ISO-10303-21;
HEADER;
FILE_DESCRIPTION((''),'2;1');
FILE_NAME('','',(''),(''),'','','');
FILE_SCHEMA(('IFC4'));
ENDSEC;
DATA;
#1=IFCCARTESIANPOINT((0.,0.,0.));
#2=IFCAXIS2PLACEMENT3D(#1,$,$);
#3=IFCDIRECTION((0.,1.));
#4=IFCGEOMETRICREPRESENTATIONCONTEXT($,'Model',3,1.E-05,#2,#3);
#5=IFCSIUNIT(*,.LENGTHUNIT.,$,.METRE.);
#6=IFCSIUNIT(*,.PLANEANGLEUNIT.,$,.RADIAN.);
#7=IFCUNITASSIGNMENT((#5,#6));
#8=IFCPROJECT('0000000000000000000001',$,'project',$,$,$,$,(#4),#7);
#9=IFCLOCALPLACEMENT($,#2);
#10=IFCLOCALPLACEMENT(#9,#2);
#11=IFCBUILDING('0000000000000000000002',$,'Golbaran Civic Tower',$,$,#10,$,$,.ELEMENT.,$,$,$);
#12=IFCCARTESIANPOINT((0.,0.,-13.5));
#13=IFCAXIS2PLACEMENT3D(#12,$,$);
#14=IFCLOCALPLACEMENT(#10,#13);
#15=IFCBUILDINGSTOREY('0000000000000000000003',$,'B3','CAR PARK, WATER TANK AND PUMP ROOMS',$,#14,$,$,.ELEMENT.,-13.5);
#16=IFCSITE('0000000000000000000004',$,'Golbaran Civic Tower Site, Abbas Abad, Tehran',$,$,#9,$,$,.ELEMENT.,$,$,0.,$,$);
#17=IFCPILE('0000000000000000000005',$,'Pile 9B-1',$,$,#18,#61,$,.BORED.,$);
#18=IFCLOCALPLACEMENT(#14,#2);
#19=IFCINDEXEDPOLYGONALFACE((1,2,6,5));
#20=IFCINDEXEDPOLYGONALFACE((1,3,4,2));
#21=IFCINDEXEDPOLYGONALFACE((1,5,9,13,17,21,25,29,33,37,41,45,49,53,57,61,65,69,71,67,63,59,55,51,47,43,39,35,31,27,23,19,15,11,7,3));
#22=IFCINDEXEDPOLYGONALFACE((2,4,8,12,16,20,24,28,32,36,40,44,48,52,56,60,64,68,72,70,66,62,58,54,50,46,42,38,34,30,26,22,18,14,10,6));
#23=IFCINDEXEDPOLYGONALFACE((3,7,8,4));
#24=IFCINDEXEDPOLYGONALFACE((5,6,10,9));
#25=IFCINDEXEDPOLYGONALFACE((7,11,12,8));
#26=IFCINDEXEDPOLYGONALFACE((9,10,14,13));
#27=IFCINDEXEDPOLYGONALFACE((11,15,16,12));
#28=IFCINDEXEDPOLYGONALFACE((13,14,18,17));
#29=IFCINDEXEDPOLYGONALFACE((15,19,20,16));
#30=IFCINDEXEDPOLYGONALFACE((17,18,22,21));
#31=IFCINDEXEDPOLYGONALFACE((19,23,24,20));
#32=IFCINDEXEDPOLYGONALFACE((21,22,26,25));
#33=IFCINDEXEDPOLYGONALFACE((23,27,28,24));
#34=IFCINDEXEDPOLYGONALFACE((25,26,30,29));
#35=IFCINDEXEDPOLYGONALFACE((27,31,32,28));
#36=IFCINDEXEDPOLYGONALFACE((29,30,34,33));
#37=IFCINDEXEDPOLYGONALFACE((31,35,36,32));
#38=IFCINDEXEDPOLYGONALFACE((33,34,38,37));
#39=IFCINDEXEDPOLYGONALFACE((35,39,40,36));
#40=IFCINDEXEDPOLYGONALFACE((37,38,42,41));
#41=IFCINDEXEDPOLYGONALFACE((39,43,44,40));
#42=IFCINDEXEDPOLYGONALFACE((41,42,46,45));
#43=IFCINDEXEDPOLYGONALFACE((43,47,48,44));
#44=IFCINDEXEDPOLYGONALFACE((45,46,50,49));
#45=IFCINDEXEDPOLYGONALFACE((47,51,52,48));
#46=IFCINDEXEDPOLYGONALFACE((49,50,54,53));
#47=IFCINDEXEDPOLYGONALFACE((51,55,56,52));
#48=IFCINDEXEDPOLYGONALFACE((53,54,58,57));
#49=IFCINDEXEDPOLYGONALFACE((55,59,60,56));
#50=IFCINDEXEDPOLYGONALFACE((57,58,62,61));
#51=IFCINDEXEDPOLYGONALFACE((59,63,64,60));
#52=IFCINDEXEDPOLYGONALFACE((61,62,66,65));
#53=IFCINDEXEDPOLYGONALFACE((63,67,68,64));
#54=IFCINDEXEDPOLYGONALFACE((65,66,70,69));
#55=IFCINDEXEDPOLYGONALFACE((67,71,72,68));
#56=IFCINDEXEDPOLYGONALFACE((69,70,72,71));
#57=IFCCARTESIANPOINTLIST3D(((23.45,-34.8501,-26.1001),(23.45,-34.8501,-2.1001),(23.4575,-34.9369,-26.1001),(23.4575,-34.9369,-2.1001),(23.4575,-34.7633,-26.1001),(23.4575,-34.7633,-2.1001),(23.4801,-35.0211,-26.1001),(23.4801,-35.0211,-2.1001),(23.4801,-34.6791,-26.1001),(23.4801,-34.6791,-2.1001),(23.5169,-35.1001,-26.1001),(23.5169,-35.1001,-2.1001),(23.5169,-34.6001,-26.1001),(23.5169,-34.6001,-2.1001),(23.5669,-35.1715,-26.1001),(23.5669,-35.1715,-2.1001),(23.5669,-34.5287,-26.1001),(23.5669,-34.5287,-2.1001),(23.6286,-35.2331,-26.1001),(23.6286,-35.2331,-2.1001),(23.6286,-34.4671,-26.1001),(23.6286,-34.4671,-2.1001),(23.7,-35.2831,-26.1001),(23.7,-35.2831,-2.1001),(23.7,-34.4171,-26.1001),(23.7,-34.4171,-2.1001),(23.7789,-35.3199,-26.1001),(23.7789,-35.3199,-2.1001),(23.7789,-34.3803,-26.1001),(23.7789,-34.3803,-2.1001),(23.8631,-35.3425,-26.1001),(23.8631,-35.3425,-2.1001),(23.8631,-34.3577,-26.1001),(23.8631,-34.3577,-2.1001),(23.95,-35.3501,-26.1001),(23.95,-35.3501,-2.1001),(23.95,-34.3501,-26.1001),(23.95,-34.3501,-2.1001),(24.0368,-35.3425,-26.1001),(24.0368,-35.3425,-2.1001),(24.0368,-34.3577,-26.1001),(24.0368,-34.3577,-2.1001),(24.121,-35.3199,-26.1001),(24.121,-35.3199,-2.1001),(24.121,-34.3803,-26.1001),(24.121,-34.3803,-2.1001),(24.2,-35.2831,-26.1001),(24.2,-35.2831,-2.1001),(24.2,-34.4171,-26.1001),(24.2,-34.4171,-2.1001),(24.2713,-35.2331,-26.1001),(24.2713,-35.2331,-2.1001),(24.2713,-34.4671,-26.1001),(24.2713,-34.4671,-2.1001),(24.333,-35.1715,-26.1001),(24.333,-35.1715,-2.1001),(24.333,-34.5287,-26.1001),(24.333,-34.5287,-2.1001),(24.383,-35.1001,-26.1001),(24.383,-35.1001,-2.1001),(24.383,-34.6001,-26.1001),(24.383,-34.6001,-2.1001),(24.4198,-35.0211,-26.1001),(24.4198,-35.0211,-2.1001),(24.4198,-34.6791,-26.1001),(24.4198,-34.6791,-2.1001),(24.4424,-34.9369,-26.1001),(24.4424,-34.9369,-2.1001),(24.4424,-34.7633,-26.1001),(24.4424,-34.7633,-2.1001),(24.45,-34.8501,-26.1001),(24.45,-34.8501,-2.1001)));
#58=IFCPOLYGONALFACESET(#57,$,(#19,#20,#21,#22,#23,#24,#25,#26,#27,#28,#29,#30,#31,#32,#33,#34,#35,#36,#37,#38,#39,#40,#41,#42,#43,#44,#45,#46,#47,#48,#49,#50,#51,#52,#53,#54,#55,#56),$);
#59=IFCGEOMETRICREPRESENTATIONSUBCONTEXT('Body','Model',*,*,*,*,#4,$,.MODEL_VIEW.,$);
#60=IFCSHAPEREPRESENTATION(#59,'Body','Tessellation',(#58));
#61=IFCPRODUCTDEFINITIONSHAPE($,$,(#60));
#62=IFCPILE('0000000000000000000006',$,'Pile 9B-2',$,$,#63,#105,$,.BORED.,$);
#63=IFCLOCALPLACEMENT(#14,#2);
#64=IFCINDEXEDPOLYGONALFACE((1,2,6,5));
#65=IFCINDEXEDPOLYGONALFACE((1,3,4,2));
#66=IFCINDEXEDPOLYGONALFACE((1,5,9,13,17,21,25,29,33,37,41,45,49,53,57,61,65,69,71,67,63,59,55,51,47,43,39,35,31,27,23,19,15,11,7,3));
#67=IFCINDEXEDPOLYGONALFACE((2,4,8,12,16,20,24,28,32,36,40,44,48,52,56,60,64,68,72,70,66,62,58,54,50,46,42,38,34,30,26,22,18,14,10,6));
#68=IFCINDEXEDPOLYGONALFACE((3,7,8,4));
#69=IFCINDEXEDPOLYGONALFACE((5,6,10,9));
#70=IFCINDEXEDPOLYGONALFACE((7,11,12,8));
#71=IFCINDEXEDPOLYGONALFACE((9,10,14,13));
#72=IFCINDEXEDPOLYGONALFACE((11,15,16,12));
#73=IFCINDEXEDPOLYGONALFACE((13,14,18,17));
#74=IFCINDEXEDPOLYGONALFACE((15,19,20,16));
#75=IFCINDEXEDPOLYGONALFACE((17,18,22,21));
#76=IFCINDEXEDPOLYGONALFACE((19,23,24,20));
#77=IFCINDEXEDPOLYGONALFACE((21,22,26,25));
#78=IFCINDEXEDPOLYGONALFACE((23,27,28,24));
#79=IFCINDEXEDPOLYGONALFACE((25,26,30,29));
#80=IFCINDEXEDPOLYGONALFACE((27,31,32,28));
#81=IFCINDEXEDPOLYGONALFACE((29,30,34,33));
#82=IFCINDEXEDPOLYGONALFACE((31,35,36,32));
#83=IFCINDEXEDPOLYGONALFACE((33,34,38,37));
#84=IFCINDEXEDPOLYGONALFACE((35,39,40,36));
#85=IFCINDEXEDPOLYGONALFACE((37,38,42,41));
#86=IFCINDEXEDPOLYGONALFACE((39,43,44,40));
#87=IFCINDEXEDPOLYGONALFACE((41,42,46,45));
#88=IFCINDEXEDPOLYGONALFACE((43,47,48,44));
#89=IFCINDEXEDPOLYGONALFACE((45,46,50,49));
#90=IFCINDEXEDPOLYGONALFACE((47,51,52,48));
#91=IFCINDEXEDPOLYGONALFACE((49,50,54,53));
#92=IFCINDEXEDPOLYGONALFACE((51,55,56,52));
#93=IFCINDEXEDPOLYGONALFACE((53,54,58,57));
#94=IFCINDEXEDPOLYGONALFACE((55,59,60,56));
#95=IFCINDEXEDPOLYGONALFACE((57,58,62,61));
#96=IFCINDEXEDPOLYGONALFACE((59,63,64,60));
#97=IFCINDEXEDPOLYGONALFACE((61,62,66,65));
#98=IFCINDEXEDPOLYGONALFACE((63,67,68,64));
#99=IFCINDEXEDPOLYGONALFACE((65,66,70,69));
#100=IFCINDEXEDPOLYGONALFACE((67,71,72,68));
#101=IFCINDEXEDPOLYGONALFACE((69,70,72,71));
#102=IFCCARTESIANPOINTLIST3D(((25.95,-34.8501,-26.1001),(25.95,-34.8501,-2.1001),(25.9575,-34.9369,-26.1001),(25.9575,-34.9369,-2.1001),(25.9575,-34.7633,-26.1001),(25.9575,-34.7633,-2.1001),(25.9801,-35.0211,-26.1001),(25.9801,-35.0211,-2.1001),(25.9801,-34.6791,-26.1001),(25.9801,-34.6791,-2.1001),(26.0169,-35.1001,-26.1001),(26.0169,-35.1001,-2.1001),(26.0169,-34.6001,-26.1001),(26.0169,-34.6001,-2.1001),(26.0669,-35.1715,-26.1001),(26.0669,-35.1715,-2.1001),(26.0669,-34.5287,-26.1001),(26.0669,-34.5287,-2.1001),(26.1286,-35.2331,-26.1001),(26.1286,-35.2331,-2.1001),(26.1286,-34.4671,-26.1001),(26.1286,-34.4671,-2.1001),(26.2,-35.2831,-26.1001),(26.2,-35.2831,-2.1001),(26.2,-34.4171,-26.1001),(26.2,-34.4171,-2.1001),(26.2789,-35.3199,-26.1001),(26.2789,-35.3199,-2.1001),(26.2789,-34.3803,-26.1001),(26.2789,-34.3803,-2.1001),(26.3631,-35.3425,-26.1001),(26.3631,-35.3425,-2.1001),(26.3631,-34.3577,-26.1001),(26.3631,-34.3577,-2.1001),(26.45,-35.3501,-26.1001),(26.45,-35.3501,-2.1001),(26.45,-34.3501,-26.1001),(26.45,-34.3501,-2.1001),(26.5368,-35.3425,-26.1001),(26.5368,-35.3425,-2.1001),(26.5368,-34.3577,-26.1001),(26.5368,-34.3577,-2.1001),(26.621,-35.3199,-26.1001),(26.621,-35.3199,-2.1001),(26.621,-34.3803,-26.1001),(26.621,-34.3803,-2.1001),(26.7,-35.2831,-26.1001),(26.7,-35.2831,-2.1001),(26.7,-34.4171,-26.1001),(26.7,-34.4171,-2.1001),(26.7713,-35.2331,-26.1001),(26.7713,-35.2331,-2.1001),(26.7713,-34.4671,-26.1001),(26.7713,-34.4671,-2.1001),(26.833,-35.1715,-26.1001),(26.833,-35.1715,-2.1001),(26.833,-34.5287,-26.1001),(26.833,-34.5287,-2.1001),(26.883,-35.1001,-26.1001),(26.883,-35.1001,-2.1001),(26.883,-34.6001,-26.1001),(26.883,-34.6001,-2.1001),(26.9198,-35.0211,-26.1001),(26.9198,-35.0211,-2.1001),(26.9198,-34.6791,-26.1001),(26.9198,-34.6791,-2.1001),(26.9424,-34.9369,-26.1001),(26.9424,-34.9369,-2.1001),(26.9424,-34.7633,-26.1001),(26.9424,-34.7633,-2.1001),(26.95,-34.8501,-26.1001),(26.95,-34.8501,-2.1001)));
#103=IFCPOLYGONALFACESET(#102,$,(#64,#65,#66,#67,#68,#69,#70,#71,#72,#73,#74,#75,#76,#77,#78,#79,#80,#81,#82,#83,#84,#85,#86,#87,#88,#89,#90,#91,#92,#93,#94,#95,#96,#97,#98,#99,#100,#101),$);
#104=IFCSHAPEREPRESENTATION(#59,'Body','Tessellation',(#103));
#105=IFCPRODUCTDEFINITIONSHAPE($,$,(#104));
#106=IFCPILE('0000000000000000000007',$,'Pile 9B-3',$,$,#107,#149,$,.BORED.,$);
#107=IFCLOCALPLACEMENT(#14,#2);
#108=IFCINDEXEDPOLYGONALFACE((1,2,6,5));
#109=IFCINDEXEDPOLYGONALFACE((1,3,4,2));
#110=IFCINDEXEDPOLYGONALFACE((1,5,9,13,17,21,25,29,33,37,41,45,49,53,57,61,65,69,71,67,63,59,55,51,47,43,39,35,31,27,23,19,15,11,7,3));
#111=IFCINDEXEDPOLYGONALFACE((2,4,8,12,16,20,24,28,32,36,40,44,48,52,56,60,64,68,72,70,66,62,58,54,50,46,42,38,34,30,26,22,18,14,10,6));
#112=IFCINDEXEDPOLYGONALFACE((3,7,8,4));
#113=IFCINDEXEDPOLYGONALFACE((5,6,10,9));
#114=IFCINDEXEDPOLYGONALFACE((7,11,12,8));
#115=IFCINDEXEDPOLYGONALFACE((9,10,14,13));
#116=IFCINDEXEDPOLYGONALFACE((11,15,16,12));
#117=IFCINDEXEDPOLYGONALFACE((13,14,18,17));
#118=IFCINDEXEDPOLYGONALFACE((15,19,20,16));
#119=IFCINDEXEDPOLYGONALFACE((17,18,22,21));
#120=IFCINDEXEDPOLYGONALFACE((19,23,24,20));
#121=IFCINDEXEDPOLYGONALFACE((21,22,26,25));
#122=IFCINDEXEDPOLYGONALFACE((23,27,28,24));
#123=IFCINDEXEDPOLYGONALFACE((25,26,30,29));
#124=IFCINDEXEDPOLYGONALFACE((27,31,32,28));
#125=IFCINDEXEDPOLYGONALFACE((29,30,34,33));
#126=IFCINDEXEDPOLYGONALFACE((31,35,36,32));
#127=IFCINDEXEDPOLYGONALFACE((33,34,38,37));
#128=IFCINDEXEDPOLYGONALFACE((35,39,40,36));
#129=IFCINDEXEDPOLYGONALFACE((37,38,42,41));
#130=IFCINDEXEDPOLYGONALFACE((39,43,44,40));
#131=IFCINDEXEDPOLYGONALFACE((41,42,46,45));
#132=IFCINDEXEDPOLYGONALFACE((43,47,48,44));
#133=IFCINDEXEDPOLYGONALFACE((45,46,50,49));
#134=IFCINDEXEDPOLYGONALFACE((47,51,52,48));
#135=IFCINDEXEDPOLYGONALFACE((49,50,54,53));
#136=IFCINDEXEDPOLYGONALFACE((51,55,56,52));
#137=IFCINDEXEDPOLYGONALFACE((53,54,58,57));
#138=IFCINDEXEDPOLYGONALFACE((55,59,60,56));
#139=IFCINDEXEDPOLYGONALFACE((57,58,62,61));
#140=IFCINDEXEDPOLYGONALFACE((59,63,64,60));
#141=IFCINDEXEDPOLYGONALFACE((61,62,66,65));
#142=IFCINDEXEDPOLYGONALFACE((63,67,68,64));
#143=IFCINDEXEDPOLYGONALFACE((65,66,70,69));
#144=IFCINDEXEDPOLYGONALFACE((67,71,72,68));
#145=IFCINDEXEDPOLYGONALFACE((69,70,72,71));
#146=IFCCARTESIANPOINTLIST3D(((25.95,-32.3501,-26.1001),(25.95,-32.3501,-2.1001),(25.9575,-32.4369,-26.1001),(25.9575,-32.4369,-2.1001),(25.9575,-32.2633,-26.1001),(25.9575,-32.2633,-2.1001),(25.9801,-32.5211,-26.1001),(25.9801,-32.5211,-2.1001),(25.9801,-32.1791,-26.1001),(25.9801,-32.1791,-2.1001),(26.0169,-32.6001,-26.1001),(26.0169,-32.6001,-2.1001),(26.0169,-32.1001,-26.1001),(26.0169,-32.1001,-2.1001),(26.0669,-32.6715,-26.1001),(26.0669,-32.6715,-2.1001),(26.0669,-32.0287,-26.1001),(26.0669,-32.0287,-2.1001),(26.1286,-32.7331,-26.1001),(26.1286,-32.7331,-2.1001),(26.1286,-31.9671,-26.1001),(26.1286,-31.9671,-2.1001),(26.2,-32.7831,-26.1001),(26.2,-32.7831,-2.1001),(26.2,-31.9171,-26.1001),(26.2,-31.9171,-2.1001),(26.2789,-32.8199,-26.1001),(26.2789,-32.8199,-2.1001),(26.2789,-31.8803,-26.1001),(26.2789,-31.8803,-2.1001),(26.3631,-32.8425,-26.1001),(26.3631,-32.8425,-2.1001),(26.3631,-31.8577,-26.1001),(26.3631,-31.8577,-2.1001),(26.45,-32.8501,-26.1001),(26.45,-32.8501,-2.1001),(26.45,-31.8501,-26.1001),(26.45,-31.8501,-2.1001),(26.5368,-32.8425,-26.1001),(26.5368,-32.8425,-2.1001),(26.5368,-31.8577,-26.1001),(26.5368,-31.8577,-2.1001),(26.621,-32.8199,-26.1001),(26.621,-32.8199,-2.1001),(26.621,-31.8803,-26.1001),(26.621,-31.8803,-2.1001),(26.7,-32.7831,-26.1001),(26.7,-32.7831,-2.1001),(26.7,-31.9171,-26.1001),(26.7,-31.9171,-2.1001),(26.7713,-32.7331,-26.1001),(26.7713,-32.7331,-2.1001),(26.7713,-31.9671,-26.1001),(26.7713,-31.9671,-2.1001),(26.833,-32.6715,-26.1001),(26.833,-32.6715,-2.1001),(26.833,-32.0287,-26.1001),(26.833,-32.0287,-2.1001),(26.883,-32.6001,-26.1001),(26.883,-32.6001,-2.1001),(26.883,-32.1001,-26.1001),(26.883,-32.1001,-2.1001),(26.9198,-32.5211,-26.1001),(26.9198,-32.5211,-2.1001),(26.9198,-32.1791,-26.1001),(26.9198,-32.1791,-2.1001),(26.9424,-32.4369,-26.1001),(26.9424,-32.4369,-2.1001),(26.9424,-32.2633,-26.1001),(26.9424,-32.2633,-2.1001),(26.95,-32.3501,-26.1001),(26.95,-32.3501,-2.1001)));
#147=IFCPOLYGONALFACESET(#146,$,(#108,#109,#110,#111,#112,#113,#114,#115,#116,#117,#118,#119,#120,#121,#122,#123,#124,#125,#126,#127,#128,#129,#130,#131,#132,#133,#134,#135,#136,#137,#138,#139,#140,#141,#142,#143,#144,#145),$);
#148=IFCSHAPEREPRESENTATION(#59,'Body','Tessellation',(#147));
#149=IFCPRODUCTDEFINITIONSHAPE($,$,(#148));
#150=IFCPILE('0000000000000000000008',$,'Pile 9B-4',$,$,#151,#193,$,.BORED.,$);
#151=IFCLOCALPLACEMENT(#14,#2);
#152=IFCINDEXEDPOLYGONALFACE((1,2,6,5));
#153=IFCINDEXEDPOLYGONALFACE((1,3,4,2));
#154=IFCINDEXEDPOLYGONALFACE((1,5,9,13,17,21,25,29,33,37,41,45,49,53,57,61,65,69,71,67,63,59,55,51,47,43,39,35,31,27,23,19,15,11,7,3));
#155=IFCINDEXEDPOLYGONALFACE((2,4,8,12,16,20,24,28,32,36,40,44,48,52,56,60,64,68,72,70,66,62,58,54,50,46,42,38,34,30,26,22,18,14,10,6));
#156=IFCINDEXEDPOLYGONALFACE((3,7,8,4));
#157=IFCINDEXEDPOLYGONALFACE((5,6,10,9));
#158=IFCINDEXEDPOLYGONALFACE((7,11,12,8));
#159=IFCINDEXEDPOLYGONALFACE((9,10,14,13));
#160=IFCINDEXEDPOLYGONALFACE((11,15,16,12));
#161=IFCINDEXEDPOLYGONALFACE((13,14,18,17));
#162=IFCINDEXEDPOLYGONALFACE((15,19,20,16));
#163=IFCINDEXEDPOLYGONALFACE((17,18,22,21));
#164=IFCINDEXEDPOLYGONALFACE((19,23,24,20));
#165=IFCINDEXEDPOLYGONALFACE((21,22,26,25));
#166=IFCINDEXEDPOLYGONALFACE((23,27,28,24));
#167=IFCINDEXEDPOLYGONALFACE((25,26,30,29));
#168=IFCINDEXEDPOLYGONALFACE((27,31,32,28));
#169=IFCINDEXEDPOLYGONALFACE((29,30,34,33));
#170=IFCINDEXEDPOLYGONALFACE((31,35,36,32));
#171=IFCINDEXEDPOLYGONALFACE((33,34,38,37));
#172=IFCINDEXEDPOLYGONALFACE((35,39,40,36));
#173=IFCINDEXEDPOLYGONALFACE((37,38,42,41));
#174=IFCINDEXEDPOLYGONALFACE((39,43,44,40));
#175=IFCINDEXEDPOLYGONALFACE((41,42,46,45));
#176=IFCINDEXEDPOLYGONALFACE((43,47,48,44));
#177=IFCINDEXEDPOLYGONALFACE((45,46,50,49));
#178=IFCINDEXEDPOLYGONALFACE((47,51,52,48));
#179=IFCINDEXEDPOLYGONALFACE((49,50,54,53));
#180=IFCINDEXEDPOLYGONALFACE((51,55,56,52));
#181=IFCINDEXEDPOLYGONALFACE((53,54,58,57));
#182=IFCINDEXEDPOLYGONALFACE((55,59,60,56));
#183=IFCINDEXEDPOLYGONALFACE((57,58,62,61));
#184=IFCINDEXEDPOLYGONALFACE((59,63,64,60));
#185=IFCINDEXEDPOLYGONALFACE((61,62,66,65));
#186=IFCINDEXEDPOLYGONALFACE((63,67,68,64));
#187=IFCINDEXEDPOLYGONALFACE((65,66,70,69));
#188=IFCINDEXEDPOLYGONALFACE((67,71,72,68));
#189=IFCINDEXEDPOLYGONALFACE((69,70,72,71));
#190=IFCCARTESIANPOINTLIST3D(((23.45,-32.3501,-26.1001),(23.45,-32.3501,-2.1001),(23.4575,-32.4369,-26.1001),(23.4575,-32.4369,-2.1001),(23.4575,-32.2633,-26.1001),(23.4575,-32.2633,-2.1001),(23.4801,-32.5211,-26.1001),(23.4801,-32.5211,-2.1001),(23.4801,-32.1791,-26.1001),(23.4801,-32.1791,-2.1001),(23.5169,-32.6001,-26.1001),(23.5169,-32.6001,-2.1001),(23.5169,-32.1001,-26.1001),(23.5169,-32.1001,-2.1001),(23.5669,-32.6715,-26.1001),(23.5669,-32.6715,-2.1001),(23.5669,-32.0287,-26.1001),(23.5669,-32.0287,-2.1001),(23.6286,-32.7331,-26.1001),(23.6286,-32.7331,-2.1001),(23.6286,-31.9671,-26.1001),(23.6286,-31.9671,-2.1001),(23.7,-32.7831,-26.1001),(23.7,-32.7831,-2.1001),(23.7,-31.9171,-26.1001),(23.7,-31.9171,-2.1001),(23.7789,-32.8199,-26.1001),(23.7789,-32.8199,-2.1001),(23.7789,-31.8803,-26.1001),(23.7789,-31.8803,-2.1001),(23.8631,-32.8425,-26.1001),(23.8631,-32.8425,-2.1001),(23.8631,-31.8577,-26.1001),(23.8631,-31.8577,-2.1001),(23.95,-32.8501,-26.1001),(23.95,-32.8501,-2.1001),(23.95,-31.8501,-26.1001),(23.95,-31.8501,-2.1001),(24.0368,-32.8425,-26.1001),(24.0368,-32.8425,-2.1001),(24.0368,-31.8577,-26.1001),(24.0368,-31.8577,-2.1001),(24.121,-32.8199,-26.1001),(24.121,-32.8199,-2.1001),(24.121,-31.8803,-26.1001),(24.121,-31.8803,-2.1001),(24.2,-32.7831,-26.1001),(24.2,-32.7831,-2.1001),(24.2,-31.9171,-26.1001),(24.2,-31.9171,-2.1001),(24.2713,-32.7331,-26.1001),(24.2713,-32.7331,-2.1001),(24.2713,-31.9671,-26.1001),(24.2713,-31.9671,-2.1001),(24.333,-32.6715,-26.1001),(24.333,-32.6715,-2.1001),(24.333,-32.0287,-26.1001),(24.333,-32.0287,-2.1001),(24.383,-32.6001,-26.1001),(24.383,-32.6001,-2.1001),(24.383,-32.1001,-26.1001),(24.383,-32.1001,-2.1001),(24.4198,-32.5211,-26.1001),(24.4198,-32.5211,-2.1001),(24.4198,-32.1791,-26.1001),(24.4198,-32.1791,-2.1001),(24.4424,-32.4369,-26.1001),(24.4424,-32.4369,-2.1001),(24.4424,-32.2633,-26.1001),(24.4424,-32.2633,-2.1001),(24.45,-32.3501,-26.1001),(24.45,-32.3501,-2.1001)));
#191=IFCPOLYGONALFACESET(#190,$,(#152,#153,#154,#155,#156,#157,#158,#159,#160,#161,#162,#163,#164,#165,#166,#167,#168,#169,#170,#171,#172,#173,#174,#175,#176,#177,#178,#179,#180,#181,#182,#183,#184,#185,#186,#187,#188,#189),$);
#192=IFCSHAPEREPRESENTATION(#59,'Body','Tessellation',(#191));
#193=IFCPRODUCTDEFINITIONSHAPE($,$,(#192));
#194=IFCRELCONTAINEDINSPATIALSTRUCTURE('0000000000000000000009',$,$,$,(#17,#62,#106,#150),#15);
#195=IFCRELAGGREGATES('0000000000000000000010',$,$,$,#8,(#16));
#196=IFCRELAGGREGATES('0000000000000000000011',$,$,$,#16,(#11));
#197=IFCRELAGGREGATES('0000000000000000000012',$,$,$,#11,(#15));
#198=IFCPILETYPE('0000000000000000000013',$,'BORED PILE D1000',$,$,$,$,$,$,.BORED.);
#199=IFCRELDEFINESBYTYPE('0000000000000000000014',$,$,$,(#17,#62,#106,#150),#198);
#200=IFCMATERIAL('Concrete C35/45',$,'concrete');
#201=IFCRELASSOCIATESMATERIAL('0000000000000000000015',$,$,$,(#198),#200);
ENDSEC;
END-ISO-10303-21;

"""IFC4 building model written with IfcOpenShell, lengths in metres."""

from ifc_helpers import new_model, si_unit, direction, frame, origin, origin_2d, place, context, subcontext, project, spatial, circle, extrude, material, material_profile, profile_set, type_object, element, save


model = new_model("IFC4")

# Units and contexts
model_context = context("Model", 3, precision=1e-05, world=origin(), true_north=direction((0.0, 1.0)))
body_context = subcontext(model_context, "Body", "Model", "MODEL_VIEW")
ifc_project = project(units=[si_unit("LENGTHUNIT", "METRE"), si_unit("PLANEANGLEUNIT", "RADIAN")], contexts=[model_context])

# Site, building, storey
site_placement = place(None, origin())
site = spatial("IfcSite", under=ifc_project, at=site_placement, Name="Golbaran Civic Tower Site, Abbas Abad, Tehran", CompositionType="ELEMENT", RefElevation=0.0)
building_placement = place(site_placement, origin())
building = spatial("IfcBuilding", under=site, at=building_placement, Name="Golbaran Civic Tower", CompositionType="ELEMENT")
storey_placement = place(building_placement, frame((0.0, 0.0, -13.5)))
storey = spatial("IfcBuildingStorey", under=building, at=storey_placement, Name="B3", Description="CAR PARK, WATER TANK AND PUMP ROOMS", CompositionType="ELEMENT", Elevation=-13.5)

# Piles
ifc_material_1 = material(Name="Concrete C35/45", Category="concrete")
ifc_material_profile_1 = material_profile(ifc_material_1, circle(Radius=0.5, at=origin_2d()), Name="BORED PILE D1000")
ifc_profile_set_1 = profile_set([ifc_material_profile_1], Name="Concrete C35/45")
pile_type_1 = type_object("IfcPileType", Name="BORED PILE D1000", PredefinedType="BORED", material=ifc_profile_set_1)
for number, where, z_axis, x_axis, name in (
    (1, (23.95, -34.8501, -2.1001), (0.0, 0.0, -1.0), (1.0, 0.0, 0.0), "Pile 9B-1"),
    (2, (26.45, -34.8501, -2.1001), (0.0, 0.0, -1.0), (1.0, 0.0, 0.0), "Pile 9B-2"),
    (3, (26.45, -32.3501, -2.1001), (0.0, 0.0, -1.0), (1.0, 0.0, 0.0), "Pile 9B-3"),
    (4, (23.95, -32.3501, -2.1001), (0.0, 0.0, -1.0), (1.0, 0.0, 0.0), "Pile 9B-4"),
):
    element("IfcPile", number, at=place(storey_placement, frame(where, z_axis=z_axis, x_axis=x_axis)), inside=storey, type_object=pile_type_1, Name=name, PredefinedType="BORED", context=body_context, shape_type="SweptSolid", body=[
        extrude(circle(Radius=0.5, at=origin_2d()), origin(), (0.0, 0.0, 1.0), 24.0),
    ])

save(model, "model.ifc")
